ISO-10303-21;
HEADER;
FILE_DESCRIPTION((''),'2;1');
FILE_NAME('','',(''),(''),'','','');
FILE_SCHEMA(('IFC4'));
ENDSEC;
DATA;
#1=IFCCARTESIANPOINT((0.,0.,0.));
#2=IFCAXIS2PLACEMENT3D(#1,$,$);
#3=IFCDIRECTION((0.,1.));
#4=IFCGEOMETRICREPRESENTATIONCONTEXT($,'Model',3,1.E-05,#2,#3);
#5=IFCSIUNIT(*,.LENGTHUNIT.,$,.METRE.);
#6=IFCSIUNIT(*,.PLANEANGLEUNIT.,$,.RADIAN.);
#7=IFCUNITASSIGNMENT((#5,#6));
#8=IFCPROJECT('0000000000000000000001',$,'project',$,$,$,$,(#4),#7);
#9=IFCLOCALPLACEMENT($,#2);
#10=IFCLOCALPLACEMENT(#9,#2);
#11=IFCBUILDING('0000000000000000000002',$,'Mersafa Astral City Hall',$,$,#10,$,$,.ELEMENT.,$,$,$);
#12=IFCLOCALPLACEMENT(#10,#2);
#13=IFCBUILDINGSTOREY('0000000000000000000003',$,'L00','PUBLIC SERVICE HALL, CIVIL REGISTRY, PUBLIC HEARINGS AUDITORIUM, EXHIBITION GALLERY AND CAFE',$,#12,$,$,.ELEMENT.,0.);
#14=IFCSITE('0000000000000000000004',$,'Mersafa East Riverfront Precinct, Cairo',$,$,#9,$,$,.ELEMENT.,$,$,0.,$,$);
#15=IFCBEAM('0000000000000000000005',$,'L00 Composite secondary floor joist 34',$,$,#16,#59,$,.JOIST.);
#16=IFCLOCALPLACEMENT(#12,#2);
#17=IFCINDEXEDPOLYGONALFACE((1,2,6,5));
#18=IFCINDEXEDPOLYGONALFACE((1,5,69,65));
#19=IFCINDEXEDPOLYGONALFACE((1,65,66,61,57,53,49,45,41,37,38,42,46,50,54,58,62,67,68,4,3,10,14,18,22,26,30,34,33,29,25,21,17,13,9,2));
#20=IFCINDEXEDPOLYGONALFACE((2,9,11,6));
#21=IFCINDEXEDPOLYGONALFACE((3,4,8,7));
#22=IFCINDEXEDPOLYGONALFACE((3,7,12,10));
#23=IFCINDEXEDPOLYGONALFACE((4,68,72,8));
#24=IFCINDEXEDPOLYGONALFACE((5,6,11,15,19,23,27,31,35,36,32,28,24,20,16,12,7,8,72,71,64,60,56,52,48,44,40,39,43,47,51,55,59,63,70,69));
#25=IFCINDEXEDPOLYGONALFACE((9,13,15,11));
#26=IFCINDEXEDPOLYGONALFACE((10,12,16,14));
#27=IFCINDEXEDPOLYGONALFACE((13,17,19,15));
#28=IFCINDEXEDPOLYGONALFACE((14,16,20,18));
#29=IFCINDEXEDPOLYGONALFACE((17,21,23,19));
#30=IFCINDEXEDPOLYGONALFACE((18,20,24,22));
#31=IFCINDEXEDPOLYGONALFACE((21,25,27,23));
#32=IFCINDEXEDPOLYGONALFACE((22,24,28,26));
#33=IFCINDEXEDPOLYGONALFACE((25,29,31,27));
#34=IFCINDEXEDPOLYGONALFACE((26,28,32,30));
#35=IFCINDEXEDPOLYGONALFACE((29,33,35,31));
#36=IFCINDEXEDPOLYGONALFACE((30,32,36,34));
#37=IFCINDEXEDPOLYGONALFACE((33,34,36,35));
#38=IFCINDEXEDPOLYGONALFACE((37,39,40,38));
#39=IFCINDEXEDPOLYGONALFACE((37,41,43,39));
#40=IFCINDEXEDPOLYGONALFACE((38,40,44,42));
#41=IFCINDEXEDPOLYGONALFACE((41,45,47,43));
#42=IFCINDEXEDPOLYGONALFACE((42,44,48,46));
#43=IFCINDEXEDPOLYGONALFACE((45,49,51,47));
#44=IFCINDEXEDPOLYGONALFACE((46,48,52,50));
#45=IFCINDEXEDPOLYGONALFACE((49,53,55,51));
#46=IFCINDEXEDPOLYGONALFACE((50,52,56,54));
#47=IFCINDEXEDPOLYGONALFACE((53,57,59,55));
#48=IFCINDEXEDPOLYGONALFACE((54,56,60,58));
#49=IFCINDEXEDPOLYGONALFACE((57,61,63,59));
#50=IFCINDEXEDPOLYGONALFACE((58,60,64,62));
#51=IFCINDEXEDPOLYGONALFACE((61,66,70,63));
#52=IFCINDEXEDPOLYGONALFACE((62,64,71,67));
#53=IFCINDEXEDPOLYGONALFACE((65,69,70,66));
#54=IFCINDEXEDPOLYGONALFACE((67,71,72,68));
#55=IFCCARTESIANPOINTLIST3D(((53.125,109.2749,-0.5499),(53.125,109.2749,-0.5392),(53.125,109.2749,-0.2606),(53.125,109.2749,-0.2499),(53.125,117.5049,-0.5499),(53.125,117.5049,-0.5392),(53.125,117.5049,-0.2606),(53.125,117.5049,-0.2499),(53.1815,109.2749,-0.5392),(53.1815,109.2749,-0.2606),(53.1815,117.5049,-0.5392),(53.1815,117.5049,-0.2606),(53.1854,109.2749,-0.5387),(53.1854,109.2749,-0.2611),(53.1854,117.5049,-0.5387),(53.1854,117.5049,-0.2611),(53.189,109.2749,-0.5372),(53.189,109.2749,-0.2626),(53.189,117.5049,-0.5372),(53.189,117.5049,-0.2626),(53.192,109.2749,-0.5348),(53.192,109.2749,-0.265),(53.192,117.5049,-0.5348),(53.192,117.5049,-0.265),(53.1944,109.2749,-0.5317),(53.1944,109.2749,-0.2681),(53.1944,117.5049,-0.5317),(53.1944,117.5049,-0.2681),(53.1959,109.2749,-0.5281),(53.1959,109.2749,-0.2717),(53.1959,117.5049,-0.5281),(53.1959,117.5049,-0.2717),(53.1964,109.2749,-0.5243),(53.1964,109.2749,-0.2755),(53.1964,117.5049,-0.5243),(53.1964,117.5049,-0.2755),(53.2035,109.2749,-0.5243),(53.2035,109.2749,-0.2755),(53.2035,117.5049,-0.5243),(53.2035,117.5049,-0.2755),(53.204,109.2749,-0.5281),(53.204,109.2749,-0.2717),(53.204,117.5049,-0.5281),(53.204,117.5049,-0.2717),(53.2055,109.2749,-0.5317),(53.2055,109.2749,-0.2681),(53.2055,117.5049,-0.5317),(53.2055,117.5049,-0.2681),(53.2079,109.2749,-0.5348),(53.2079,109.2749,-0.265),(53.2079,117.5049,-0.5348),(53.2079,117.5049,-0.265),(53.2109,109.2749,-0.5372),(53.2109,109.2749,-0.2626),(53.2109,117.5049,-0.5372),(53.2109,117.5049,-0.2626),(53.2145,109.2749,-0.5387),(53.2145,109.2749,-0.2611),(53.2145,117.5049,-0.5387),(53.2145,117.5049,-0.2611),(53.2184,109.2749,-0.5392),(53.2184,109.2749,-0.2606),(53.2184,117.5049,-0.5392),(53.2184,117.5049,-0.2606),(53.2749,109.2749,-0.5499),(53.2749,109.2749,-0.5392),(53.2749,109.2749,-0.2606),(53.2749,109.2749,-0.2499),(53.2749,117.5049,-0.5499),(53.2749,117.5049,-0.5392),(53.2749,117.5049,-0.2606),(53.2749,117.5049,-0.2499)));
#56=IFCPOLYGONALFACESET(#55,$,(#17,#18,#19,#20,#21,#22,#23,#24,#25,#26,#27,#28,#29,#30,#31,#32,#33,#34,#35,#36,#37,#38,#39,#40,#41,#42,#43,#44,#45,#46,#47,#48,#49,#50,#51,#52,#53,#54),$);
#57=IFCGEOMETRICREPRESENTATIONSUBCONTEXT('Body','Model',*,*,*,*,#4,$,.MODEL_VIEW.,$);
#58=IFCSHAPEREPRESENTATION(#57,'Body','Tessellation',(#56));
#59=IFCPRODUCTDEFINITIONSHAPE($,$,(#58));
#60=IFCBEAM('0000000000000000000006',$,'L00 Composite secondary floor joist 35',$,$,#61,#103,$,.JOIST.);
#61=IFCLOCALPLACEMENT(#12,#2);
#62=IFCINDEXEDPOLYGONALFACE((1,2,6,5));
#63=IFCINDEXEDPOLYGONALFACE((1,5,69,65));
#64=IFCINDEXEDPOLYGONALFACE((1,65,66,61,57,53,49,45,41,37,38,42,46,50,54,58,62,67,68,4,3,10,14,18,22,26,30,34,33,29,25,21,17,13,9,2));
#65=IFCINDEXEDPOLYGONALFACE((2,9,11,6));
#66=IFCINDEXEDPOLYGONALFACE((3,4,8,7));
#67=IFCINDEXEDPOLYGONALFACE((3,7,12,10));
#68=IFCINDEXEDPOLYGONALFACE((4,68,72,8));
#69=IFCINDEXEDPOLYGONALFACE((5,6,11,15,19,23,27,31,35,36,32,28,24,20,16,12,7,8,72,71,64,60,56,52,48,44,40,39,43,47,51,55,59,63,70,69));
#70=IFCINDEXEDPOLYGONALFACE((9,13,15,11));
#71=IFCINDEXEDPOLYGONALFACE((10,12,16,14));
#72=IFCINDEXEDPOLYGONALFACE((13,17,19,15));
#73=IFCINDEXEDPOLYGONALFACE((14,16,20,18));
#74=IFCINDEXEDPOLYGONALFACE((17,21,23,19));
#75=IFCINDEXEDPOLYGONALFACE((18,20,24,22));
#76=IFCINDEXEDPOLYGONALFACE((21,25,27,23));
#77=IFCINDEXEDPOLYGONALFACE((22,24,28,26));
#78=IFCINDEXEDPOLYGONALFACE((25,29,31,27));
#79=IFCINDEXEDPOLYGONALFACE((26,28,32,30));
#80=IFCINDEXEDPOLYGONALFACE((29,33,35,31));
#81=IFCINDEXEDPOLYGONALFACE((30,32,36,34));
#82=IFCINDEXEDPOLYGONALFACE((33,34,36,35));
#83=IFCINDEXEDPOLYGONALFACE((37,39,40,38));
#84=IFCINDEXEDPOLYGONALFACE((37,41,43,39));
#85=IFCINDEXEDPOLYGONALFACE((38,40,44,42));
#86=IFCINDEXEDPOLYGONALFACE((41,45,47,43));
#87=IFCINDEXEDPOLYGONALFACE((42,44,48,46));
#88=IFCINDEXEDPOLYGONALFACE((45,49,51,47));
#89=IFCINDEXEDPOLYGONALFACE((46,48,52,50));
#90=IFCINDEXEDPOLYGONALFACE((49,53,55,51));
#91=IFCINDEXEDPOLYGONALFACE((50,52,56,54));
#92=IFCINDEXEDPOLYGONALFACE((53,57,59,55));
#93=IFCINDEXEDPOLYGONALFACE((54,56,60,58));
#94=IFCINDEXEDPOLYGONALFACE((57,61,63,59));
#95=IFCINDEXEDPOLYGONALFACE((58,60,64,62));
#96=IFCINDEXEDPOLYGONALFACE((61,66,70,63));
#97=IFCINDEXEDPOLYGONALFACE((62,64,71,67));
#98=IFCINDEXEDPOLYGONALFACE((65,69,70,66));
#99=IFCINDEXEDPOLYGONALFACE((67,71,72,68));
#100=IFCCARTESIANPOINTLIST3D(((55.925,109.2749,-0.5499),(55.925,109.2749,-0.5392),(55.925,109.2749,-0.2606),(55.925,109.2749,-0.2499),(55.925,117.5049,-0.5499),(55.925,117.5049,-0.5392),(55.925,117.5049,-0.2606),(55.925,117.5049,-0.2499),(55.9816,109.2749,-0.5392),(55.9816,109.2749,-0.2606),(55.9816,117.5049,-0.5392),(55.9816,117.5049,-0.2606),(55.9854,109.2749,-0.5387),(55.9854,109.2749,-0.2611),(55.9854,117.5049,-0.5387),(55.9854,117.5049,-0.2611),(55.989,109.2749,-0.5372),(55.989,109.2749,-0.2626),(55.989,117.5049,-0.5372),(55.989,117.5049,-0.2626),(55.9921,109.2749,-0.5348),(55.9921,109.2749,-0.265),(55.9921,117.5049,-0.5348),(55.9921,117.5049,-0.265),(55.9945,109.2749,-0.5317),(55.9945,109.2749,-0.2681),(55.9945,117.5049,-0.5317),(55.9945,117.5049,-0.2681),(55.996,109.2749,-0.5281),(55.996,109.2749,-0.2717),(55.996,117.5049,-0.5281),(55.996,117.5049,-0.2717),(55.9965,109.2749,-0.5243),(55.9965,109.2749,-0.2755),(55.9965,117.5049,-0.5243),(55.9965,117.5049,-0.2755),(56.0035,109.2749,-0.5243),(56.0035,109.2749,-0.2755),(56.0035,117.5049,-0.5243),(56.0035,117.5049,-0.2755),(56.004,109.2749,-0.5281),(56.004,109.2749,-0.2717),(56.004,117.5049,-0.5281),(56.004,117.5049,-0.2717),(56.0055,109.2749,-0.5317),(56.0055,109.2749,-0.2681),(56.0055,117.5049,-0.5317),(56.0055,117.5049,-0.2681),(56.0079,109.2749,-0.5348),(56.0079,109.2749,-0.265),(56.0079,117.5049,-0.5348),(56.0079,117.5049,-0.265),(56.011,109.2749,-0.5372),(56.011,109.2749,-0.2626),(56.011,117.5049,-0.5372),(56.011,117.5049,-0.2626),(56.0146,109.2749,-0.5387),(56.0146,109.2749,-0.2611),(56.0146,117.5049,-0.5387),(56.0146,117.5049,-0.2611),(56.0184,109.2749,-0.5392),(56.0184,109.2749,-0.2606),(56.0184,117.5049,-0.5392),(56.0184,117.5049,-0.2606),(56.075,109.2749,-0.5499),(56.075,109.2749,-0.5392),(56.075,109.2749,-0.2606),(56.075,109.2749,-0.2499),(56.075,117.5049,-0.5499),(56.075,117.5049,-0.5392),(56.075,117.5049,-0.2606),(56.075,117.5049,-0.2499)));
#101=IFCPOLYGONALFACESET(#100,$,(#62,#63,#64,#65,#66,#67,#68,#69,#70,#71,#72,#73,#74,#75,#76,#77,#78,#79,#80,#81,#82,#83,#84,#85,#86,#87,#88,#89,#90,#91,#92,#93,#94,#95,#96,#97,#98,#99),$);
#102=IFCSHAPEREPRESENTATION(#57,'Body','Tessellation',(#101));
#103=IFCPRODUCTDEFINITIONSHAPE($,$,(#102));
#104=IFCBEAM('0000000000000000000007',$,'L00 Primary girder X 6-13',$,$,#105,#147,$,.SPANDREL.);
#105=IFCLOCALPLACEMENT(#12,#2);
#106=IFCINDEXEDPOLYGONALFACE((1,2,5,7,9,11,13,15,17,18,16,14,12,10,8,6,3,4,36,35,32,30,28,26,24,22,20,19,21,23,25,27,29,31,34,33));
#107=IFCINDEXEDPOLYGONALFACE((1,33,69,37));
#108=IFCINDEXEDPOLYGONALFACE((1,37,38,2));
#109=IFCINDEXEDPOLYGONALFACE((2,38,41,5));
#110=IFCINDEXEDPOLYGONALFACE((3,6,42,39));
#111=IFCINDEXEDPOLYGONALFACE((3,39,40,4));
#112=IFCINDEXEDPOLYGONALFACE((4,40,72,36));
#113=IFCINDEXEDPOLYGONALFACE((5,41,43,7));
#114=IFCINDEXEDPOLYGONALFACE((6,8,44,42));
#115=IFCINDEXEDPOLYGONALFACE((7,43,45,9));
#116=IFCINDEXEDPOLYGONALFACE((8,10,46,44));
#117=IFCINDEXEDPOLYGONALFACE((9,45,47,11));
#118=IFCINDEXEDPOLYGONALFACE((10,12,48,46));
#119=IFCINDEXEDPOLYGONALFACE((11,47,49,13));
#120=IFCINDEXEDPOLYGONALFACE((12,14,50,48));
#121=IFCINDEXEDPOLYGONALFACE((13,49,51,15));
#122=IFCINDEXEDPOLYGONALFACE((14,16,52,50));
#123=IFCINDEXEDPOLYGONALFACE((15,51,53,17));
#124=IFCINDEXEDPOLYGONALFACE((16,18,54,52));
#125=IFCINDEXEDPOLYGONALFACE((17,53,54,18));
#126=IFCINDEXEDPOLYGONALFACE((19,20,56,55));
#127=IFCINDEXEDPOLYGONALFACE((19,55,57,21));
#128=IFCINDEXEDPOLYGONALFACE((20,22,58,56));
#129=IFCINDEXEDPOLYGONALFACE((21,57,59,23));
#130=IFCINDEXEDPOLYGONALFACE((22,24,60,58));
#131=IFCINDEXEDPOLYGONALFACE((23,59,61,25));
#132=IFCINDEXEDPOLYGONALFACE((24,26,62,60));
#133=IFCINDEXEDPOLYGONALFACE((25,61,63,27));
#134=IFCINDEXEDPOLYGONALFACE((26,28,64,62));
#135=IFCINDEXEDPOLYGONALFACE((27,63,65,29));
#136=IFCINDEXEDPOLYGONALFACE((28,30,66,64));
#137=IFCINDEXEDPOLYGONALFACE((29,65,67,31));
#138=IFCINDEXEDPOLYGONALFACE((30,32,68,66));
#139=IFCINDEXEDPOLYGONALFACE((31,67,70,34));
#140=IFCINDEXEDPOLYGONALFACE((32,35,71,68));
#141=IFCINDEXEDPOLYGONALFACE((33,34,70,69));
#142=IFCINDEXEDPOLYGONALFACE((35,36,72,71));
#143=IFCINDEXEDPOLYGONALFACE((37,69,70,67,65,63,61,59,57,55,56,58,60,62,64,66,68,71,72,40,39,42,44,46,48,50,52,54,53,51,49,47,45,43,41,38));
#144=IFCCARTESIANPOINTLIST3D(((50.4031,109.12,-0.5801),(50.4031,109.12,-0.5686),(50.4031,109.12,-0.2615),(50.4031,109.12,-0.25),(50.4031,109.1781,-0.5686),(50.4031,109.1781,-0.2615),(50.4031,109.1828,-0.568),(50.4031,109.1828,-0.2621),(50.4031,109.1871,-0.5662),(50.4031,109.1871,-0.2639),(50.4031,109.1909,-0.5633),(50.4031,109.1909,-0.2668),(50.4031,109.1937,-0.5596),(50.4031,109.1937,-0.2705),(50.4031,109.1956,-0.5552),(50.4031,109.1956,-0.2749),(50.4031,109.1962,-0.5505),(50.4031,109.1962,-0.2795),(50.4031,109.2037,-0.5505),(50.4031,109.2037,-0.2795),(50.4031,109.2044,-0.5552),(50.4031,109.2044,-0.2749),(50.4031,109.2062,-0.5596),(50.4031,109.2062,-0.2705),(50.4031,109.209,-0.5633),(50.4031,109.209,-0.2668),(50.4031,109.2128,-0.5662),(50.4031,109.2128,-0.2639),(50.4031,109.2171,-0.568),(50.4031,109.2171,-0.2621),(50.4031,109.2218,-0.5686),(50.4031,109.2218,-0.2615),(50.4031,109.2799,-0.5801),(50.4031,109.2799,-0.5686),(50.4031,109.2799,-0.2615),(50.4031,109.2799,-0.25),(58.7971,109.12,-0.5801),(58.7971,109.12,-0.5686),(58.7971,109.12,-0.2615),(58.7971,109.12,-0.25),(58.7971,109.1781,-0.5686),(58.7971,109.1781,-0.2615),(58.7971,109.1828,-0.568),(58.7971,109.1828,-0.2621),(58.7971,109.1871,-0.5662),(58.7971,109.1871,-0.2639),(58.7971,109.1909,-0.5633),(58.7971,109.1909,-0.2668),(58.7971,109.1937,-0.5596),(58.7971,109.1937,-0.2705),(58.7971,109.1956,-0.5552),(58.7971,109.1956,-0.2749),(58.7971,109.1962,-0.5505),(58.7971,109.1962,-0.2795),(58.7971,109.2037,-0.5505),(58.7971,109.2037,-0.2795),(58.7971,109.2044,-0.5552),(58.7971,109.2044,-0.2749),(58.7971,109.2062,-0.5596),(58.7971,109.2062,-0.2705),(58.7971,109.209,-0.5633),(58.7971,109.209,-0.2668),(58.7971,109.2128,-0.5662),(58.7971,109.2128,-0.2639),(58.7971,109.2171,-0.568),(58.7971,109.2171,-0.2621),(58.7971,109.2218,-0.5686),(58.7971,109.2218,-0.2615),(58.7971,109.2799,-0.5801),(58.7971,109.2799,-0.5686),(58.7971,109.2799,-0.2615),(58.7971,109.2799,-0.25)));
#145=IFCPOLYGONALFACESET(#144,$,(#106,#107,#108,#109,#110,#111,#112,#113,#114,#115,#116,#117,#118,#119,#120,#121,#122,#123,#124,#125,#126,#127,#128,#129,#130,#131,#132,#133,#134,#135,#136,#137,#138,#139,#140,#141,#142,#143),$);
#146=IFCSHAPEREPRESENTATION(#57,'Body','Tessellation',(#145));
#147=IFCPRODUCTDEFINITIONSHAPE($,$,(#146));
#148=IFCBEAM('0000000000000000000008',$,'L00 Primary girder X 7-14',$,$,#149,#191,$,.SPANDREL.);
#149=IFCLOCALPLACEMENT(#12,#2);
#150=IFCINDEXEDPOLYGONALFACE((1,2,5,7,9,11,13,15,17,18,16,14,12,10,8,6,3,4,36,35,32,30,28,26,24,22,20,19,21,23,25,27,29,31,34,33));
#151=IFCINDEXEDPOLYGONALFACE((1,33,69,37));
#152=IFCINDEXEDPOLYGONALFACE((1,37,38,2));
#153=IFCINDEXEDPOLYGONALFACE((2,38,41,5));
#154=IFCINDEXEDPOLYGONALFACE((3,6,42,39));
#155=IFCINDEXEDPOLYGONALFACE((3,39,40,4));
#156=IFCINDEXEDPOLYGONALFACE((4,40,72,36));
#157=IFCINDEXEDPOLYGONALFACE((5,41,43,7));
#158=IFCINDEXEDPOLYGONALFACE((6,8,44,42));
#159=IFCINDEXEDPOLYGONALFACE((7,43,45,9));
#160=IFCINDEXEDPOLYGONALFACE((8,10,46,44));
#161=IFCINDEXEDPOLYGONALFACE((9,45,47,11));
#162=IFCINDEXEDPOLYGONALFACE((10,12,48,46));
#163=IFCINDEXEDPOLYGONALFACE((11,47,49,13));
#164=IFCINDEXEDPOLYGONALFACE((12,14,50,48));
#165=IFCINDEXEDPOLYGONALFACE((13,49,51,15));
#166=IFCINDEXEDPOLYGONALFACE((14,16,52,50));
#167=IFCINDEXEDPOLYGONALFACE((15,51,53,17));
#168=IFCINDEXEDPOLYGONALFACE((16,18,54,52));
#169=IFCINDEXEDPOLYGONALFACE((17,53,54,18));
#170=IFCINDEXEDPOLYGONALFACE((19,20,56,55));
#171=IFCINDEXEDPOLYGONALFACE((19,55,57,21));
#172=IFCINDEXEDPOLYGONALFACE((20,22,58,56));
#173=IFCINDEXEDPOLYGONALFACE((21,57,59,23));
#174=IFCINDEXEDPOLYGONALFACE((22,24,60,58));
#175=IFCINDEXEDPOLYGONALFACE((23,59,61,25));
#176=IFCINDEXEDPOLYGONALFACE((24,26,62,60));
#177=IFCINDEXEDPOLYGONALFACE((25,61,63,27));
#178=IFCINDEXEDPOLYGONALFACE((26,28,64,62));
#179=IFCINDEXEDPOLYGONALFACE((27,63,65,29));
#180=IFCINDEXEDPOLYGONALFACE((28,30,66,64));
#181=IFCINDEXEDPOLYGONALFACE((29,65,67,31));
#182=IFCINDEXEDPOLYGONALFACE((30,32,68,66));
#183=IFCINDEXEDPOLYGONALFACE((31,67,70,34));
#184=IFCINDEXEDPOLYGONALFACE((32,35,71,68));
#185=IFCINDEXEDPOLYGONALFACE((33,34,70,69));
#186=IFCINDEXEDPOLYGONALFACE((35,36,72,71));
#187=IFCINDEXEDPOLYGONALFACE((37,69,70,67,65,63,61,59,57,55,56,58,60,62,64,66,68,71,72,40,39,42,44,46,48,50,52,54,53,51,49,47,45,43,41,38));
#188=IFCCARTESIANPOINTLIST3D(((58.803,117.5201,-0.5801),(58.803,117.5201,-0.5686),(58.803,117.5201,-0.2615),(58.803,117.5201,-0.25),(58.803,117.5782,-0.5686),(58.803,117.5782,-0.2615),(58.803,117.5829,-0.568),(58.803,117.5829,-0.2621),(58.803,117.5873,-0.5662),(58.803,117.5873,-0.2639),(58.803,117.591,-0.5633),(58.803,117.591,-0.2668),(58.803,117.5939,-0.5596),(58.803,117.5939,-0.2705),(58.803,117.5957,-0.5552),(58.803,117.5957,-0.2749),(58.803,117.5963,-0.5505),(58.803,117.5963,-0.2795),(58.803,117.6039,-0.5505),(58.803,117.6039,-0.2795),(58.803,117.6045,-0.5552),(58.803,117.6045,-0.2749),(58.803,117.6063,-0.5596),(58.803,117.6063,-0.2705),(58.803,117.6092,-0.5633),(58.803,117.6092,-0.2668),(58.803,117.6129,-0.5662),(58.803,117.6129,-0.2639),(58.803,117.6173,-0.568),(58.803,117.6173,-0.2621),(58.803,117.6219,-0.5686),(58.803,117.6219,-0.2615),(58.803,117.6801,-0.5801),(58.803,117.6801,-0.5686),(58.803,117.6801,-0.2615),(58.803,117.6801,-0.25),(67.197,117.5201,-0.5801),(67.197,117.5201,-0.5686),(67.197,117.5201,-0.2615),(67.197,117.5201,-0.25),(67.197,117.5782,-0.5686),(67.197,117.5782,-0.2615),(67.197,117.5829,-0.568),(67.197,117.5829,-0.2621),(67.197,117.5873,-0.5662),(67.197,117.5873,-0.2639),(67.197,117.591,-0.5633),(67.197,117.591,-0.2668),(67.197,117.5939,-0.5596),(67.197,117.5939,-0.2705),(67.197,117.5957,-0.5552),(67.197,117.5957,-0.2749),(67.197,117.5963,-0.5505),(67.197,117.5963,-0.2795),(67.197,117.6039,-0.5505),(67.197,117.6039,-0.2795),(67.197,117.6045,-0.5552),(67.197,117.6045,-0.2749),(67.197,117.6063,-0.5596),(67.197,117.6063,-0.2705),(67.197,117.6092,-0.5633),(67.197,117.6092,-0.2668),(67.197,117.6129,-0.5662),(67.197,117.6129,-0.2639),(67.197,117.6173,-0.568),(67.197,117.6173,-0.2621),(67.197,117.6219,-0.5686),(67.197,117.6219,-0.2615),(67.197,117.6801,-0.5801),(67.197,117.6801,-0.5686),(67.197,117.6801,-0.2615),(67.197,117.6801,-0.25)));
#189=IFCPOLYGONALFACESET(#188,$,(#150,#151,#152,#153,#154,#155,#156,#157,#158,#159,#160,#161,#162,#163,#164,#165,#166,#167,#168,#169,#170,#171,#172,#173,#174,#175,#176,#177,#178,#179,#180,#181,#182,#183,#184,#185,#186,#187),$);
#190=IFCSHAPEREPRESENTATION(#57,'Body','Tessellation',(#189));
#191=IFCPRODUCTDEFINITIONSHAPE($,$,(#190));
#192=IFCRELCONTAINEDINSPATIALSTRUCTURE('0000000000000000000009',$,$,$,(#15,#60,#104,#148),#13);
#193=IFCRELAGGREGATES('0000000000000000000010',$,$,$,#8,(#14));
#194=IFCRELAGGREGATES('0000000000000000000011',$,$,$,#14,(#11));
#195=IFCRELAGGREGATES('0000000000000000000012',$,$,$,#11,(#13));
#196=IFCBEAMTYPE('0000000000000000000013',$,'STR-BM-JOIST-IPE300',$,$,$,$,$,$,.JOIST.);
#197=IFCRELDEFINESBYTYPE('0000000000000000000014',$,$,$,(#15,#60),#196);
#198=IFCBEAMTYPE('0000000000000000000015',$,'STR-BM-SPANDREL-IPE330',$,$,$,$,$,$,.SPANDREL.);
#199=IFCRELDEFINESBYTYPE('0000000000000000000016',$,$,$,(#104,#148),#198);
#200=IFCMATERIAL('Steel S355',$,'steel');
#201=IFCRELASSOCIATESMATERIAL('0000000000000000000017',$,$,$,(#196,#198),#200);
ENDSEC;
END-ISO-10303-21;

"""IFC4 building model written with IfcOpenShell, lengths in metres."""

from ifc_helpers import new_model, si_unit, direction, frame, origin, origin_2d, place, context, subcontext, project, spatial, i_section, extrude, material, material_profile, profile_set, type_object, element, save


model = new_model("IFC4")

# Units and contexts
model_context = context("Model", 3, precision=1e-05, world=origin(), true_north=direction((0.0, 1.0)))
body_context = subcontext(model_context, "Body", "Model", "MODEL_VIEW")
ifc_project = project(units=[si_unit("LENGTHUNIT", "METRE"), si_unit("PLANEANGLEUNIT", "RADIAN")], contexts=[model_context])

# Site, building, storey
site_placement = place(None, origin())
site = spatial("IfcSite", under=ifc_project, at=site_placement, Name="Mersafa East Riverfront Precinct, Cairo", CompositionType="ELEMENT", RefElevation=0.0)
building_placement = place(site_placement, origin())
building = spatial("IfcBuilding", under=site, at=building_placement, Name="Mersafa Astral City Hall", CompositionType="ELEMENT")
storey_placement = place(building_placement, origin())
storey = spatial("IfcBuildingStorey", under=building, at=storey_placement, Name="L00", Description="PUBLIC SERVICE HALL, CIVIL REGISTRY, PUBLIC HEARINGS AUDITORIUM, EXHIBITION GALLERY AND CAFE", CompositionType="ELEMENT", Elevation=0.0)

# Shared definitions
ifc_material_1 = material(Name="Steel S355", Category="steel")

# Beams
ifc_material_profile_1 = material_profile(ifc_material_1, i_section(OverallWidth=0.1499, OverallDepth=0.3, WebThickness=0.0071, FlangeThickness=0.0107, FilletRadius=0.0149, at=origin_2d()), Name="IPE 300")
ifc_profile_set_1 = profile_set([ifc_material_profile_1], Name="Steel S355")
beam_type_1 = type_object("IfcBeamType", Name="STR-BM-JOIST-IPE300", PredefinedType="JOIST", material=ifc_profile_set_1)
for number, where, z_axis, x_axis, name in (
    (1, (53.2, 109.2749, -0.3999), (0.0, 1.0, 0.0), (-1.0, 0.0, 0.0), "L00 Composite secondary floor joist 34"),
    (2, (56.0, 109.2749, -0.3999), (0.0, 1.0, 0.0), (-1.0, 0.0, 0.0), "L00 Composite secondary floor joist 35"),
):
    element("IfcBeam", number, at=place(storey_placement, frame(where, z_axis=z_axis, x_axis=x_axis)), inside=storey, type_object=beam_type_1, Name=name, PredefinedType="JOIST", context=body_context, shape_type="SweptSolid", body=[
        extrude(i_section(OverallWidth=0.1499, OverallDepth=0.3, WebThickness=0.0071, FlangeThickness=0.0107, FilletRadius=0.0149, at=origin_2d()), origin(), (0.0, 0.0, 1.0), 8.23),
    ])
ifc_material_profile_2 = material_profile(ifc_material_1, i_section(OverallWidth=0.1599, OverallDepth=0.3301, WebThickness=0.0076, FlangeThickness=0.0115, FilletRadius=0.0181, at=origin_2d()), Name="IPE 330")
ifc_profile_set_2 = profile_set([ifc_material_profile_2], Name="Steel S355")
beam_type_2 = type_object("IfcBeamType", Name="STR-BM-SPANDREL-IPE330", PredefinedType="SPANDREL", material=ifc_profile_set_2)
for number, where, z_axis, x_axis, name in (
    (3, (50.4031, 109.2, -0.415), (1.0, 0.0, 0.0), (0.0, 1.0, 0.0), "L00 Primary girder X 6-13"),
    (4, (58.803, 117.6001, -0.415), (1.0, 0.0, 0.0), (0.0, 1.0, 0.0), "L00 Primary girder X 7-14"),
):
    element("IfcBeam", number, at=place(storey_placement, frame(where, z_axis=z_axis, x_axis=x_axis)), inside=storey, type_object=beam_type_2, Name=name, PredefinedType="SPANDREL", context=body_context, shape_type="SweptSolid", body=[
        extrude(i_section(OverallWidth=0.1599, OverallDepth=0.3301, WebThickness=0.0076, FlangeThickness=0.0115, FilletRadius=0.0181, at=origin_2d()), origin(), (0.0, 0.0, 1.0), 8.394),
    ])

save(model, "model.ifc")
